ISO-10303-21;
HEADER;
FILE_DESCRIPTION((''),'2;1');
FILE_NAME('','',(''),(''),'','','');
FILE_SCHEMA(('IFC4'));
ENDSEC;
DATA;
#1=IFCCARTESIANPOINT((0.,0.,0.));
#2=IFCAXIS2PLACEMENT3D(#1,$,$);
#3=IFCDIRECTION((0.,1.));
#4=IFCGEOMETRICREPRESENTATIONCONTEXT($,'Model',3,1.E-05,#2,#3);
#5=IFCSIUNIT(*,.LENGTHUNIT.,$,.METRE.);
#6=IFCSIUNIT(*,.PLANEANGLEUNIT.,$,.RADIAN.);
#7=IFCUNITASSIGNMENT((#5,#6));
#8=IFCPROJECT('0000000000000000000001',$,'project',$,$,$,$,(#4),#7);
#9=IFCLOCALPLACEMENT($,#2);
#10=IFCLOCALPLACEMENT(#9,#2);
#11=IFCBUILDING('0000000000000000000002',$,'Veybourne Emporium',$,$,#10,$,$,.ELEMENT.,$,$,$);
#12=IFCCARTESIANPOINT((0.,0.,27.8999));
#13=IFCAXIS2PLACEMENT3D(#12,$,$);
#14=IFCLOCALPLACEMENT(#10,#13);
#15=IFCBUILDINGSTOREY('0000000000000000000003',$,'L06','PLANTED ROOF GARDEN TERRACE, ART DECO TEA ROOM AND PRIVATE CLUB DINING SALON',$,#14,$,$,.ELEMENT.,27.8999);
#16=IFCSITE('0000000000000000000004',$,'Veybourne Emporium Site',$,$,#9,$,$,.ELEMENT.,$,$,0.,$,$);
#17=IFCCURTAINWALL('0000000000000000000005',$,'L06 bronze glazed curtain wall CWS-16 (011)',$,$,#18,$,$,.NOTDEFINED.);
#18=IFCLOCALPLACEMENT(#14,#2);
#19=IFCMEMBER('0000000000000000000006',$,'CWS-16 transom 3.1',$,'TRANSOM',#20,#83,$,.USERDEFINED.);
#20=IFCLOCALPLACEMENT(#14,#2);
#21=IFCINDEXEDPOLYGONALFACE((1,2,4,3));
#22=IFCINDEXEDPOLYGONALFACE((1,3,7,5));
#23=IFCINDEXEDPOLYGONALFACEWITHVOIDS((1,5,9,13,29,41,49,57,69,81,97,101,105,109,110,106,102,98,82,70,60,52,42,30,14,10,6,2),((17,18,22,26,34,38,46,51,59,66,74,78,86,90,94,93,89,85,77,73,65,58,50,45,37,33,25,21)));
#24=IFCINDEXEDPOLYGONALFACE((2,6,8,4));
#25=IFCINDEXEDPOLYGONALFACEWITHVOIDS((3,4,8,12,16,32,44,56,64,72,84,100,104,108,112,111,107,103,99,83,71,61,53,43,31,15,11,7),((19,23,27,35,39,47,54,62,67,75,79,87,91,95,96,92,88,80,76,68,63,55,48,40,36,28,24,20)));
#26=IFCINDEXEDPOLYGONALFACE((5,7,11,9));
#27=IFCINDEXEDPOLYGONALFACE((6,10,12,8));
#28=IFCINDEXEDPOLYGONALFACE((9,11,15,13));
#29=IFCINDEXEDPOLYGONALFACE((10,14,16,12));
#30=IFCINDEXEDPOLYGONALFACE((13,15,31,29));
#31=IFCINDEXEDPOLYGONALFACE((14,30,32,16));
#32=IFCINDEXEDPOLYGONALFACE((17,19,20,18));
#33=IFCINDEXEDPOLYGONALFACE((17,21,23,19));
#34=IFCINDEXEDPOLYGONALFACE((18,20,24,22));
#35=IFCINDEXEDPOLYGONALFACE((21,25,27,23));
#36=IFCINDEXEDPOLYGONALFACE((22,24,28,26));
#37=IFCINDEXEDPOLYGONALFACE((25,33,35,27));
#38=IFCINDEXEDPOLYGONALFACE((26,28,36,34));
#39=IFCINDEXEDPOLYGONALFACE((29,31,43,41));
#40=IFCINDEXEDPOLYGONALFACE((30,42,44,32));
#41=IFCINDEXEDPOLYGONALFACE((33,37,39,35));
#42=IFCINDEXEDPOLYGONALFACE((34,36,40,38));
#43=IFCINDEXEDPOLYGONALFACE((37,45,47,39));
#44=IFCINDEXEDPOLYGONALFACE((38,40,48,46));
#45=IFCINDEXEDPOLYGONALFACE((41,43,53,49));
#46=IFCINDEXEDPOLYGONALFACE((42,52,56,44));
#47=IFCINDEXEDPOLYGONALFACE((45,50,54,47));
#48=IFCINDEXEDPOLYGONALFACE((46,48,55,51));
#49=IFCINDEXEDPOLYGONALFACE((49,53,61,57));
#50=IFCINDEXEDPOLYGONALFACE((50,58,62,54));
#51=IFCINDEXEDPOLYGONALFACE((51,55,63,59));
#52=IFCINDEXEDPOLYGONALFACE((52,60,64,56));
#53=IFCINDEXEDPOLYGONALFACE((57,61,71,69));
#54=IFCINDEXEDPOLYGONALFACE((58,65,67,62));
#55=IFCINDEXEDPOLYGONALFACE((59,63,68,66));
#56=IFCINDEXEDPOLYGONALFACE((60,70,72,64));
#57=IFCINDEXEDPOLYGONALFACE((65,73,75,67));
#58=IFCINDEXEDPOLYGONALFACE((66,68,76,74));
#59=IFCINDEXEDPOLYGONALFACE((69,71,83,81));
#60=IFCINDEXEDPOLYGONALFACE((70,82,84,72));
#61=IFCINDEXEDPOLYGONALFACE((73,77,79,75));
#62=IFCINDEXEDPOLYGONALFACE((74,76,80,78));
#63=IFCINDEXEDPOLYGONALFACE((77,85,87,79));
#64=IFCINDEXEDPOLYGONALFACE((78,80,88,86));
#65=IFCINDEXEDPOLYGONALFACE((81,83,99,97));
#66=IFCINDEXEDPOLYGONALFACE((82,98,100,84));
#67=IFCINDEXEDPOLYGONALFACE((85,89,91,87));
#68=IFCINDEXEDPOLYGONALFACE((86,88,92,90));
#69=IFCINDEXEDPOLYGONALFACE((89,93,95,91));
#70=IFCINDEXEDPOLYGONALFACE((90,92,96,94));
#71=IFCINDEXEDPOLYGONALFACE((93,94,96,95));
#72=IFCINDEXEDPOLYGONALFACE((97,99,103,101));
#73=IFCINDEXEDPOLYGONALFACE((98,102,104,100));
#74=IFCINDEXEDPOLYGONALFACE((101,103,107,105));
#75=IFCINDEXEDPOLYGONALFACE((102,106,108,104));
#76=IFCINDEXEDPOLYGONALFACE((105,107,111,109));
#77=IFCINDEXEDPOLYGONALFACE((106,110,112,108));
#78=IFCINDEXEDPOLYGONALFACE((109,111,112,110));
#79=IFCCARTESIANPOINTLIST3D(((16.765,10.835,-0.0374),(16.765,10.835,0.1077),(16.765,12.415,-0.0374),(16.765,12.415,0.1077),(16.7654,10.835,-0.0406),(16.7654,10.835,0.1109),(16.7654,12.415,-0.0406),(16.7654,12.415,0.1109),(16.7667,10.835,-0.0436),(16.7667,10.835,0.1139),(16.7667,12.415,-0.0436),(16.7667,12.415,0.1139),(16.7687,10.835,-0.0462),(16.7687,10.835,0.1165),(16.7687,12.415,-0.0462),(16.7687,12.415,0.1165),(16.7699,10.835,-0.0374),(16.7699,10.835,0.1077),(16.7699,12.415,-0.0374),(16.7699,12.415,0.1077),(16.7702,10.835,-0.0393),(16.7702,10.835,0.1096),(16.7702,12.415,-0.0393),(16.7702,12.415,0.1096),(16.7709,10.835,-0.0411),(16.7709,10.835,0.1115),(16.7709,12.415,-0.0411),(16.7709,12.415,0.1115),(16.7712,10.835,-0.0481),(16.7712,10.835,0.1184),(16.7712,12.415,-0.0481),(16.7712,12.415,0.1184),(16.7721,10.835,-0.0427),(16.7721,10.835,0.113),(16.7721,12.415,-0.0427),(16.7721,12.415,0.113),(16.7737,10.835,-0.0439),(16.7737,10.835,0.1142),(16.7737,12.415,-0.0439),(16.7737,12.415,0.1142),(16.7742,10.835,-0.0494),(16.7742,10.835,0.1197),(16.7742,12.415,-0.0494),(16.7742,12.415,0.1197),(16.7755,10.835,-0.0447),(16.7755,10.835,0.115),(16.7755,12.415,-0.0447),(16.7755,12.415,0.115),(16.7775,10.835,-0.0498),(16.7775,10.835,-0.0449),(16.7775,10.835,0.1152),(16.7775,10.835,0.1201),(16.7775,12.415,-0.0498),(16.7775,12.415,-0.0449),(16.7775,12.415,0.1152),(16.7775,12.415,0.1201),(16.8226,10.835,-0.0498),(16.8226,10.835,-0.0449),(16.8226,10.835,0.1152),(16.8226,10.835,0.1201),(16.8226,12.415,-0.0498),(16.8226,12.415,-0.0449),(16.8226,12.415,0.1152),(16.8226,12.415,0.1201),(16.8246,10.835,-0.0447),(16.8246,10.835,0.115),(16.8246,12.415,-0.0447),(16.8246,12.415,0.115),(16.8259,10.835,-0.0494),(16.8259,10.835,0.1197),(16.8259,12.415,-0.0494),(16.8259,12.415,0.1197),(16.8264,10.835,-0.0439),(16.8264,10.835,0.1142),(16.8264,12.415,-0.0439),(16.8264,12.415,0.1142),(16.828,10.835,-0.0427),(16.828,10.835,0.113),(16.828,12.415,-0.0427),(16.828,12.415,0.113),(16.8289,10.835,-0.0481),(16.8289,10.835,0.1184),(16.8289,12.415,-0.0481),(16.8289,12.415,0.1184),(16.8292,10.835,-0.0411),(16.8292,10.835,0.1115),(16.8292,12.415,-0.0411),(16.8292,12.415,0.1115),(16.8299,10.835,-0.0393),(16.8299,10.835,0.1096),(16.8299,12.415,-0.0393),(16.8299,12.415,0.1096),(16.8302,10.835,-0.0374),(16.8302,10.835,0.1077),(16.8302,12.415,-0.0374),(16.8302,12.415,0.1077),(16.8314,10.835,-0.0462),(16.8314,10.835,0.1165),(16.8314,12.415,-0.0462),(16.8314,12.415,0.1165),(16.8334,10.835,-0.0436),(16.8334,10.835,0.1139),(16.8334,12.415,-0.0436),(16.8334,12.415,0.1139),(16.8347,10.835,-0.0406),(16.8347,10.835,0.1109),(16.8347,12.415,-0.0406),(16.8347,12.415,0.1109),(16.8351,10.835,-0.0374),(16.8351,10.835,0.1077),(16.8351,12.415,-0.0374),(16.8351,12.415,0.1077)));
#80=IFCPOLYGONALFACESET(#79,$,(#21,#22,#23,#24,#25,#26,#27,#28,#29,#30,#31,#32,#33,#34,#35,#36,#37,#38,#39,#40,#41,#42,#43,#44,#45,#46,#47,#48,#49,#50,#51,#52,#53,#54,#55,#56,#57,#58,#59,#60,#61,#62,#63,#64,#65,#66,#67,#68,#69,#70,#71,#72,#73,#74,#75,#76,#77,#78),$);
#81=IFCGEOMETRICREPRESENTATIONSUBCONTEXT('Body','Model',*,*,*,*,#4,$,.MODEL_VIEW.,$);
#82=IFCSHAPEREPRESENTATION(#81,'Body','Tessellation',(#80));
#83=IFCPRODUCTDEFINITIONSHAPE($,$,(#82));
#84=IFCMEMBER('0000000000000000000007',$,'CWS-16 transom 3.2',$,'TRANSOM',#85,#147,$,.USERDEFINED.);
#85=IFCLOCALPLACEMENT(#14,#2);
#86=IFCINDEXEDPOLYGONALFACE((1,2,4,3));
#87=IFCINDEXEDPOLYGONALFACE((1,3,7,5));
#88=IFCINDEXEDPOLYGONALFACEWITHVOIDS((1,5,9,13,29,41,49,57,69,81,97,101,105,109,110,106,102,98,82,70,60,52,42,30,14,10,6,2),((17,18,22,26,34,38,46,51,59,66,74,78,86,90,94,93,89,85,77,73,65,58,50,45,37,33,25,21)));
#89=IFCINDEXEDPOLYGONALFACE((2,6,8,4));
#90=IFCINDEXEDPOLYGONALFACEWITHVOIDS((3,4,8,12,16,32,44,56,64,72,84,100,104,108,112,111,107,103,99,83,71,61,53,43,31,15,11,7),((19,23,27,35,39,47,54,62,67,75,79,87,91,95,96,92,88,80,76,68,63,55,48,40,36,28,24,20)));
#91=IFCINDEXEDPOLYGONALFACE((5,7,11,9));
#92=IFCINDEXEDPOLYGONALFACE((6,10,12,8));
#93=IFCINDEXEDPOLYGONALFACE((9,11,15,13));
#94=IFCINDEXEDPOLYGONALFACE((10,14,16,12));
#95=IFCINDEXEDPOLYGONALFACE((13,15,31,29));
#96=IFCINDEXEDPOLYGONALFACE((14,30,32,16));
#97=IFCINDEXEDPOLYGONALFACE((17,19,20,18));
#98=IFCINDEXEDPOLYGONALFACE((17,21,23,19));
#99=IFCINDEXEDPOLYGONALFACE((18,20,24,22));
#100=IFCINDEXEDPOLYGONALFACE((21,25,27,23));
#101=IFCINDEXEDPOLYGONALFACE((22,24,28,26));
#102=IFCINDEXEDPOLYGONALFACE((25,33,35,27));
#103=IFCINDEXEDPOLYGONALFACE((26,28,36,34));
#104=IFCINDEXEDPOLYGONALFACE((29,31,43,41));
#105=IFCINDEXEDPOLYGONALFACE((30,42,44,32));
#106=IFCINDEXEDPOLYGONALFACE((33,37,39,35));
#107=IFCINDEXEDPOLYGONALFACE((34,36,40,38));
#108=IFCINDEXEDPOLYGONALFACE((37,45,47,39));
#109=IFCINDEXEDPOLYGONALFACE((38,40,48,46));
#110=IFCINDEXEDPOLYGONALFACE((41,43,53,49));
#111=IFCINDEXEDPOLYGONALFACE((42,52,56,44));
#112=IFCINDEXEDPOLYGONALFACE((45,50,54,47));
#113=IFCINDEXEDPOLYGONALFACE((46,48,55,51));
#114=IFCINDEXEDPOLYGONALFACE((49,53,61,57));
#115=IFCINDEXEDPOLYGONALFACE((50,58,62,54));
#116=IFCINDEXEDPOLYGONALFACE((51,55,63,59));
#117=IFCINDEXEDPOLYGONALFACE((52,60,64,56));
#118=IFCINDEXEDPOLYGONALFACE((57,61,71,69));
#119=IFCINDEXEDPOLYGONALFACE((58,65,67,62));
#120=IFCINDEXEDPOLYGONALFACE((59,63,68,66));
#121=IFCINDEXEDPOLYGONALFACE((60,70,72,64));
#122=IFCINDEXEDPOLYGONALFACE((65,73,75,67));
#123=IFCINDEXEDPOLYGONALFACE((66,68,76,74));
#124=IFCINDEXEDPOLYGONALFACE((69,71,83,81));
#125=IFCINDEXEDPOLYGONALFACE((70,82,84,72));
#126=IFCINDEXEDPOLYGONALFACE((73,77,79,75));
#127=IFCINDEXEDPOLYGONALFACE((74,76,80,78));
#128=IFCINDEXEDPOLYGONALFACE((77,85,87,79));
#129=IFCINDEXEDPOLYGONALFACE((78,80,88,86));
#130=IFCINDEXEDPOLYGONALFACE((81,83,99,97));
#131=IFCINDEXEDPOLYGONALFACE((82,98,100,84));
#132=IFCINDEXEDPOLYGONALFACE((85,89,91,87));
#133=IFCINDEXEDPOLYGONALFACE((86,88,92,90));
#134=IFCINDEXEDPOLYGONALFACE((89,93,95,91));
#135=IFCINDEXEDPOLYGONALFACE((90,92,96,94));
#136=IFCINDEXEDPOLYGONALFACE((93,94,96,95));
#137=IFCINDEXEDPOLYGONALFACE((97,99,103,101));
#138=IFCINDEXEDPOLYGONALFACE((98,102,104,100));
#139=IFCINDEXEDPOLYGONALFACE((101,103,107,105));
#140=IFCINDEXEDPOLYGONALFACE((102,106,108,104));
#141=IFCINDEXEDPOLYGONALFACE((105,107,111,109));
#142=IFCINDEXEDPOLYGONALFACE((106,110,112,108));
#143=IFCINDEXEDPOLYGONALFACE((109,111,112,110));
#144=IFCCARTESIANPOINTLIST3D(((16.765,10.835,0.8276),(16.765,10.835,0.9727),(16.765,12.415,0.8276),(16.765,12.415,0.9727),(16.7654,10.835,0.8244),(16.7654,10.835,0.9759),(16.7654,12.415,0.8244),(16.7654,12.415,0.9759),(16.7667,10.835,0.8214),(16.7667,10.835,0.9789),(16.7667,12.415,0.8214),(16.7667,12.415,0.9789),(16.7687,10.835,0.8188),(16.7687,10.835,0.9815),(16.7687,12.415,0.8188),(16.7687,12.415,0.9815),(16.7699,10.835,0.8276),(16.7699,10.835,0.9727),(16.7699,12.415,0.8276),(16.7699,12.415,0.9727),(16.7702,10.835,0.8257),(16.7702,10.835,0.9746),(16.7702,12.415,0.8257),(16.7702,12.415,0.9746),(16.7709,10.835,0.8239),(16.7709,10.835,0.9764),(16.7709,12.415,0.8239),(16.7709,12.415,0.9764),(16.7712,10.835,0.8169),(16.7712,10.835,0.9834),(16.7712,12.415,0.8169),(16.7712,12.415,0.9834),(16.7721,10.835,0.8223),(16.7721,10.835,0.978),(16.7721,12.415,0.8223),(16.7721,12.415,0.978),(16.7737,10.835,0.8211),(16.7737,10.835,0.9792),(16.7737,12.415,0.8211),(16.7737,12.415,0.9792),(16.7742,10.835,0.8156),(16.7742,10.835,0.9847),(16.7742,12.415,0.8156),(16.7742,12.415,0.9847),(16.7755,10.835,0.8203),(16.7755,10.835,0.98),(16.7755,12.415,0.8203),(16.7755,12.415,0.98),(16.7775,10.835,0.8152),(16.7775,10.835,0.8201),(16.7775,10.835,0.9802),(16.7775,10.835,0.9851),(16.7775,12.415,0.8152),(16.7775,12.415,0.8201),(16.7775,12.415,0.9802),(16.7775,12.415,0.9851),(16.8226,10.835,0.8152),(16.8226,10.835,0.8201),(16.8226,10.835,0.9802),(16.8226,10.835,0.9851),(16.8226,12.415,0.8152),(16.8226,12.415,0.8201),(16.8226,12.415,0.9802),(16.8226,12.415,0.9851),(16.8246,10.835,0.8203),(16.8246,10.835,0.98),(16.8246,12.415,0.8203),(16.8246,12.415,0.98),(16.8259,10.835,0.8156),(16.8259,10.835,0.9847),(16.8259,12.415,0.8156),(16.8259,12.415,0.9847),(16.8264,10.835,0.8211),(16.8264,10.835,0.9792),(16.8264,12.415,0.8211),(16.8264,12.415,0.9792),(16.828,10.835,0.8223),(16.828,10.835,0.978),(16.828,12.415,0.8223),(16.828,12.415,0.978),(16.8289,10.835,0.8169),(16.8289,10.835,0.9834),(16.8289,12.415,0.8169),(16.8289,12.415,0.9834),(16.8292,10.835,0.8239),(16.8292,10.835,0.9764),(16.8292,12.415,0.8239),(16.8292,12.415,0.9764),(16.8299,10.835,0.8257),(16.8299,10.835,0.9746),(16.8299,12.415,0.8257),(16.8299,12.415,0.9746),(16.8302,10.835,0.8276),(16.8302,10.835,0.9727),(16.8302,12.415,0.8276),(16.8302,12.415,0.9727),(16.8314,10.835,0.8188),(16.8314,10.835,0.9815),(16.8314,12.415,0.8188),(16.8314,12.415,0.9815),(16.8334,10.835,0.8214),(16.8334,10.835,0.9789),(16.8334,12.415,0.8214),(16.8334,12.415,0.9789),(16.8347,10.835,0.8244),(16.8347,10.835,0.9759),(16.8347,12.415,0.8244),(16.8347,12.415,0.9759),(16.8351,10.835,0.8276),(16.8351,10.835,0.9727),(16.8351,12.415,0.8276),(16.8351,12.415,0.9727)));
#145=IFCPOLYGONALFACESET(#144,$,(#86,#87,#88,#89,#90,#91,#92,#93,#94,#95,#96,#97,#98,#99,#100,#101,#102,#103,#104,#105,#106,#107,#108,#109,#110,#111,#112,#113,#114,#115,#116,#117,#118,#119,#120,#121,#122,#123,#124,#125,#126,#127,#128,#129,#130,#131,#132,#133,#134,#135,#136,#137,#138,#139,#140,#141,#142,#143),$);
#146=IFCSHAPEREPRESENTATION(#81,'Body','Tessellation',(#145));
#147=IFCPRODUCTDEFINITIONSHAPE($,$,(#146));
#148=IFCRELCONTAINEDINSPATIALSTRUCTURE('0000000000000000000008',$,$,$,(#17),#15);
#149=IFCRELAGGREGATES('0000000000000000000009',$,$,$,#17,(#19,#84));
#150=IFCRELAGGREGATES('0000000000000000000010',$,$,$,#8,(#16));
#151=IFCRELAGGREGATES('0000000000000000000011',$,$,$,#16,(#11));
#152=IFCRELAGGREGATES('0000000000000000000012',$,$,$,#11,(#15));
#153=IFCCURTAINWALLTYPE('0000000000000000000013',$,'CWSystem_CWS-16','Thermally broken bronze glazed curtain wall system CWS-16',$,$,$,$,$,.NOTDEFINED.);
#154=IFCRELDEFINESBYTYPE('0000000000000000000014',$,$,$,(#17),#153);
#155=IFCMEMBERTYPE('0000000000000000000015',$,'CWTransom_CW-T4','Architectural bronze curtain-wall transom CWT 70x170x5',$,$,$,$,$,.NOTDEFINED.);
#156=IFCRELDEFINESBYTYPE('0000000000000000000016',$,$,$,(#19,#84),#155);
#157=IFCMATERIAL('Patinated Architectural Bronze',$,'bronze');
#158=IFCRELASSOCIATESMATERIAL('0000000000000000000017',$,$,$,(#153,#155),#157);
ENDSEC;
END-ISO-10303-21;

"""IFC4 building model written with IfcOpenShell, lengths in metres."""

from ifc_helpers import new_model, si_unit, direction, frame, origin, origin_2d, place, context, subcontext, project, spatial, hollow_rectangle, extrude, material, material_profile, profile_set, type_object, element, aggregate, save


model = new_model("IFC4")

# Units and contexts
model_context = context("Model", 3, precision=1e-05, world=origin(), true_north=direction((0.0, 1.0)))
body_context = subcontext(model_context, "Body", "Model", "MODEL_VIEW")
ifc_project = project(units=[si_unit("LENGTHUNIT", "METRE"), si_unit("PLANEANGLEUNIT", "RADIAN")], contexts=[model_context])

# Site, building, storey
site_placement = place(None, origin())
site = spatial("IfcSite", under=ifc_project, at=site_placement, Name="Veybourne Emporium Site", CompositionType="ELEMENT", RefElevation=0.0)
building_placement = place(site_placement, origin())
building = spatial("IfcBuilding", under=site, at=building_placement, Name="Veybourne Emporium", CompositionType="ELEMENT")
storey_placement = place(building_placement, frame((0.0, 0.0, 27.8999)))
storey = spatial("IfcBuildingStorey", under=building, at=storey_placement, Name="L06", Description="PLANTED ROOF GARDEN TERRACE, ART DECO TEA ROOM AND PRIVATE CLUB DINING SALON", CompositionType="ELEMENT", Elevation=27.8999)

# Curtain wall
ifc_material_1 = material(Name="Patinated Architectural Bronze", Category="bronze")
curtain_wall_type_1 = type_object("IfcCurtainWallType", Name="CWSystem_CWS-16", Description="Thermally broken bronze glazed curtain wall system CWS-16", PredefinedType="NOTDEFINED", material=ifc_material_1)
curtain_wall_1_placement = place(storey_placement, origin())
curtain_wall_1 = element("IfcCurtainWall", 1, at=curtain_wall_1_placement, inside=storey, type_object=curtain_wall_type_1, Name="L06 bronze glazed curtain wall CWS-16 (011)", PredefinedType="NOTDEFINED")

# Members
ifc_material_profile_1 = material_profile(ifc_material_1, hollow_rectangle(XDim=0.0701, YDim=0.1699, WallThickness=0.0049, InnerFilletRadius=0.0076, OuterFilletRadius=0.0125, at=origin_2d()), Name="CWT 70x170x5")
ifc_profile_set_1 = profile_set([ifc_material_profile_1], Name="Patinated Architectural Bronze")
member_type_1 = type_object("IfcMemberType", Name="CWTransom_CW-T4", Description="Architectural bronze curtain-wall transom CWT 70x170x5", PredefinedType="NOTDEFINED", material=ifc_profile_set_1)
member_1_placement = place(storey_placement, frame((16.8, 10.835, 0.0352), z_axis=(0.0, 1.0, 0.0), x_axis=(-1.0, 0.0, 0.0)))
member_1 = element("IfcMember", 2, at=member_1_placement, type_object=member_type_1, Name="CWS-16 transom 3.1", ObjectType="TRANSOM", PredefinedType="USERDEFINED", context=body_context, shape_type="SweptSolid", body=[
    extrude(hollow_rectangle(XDim=0.0701, YDim=0.1699, WallThickness=0.0049, InnerFilletRadius=0.0076, OuterFilletRadius=0.0125, at=origin_2d()), origin(), (0.0, 0.0, 1.0), 1.5801),
])
member_2_placement = place(storey_placement, frame((16.8, 10.835, 0.9001), z_axis=(0.0, 1.0, 0.0), x_axis=(-1.0, 0.0, 0.0)))
member_2 = element("IfcMember", 3, at=member_2_placement, type_object=member_type_1, Name="CWS-16 transom 3.2", ObjectType="TRANSOM", PredefinedType="USERDEFINED", context=body_context, shape_type="SweptSolid", body=[
    extrude(hollow_rectangle(XDim=0.0701, YDim=0.1699, WallThickness=0.0049, InnerFilletRadius=0.0076, OuterFilletRadius=0.0125, at=origin_2d()), origin(), (0.0, 0.0, 1.0), 1.5801),
])

aggregate(curtain_wall_1, [member_1, member_2])

save(model, "model.ifc")
